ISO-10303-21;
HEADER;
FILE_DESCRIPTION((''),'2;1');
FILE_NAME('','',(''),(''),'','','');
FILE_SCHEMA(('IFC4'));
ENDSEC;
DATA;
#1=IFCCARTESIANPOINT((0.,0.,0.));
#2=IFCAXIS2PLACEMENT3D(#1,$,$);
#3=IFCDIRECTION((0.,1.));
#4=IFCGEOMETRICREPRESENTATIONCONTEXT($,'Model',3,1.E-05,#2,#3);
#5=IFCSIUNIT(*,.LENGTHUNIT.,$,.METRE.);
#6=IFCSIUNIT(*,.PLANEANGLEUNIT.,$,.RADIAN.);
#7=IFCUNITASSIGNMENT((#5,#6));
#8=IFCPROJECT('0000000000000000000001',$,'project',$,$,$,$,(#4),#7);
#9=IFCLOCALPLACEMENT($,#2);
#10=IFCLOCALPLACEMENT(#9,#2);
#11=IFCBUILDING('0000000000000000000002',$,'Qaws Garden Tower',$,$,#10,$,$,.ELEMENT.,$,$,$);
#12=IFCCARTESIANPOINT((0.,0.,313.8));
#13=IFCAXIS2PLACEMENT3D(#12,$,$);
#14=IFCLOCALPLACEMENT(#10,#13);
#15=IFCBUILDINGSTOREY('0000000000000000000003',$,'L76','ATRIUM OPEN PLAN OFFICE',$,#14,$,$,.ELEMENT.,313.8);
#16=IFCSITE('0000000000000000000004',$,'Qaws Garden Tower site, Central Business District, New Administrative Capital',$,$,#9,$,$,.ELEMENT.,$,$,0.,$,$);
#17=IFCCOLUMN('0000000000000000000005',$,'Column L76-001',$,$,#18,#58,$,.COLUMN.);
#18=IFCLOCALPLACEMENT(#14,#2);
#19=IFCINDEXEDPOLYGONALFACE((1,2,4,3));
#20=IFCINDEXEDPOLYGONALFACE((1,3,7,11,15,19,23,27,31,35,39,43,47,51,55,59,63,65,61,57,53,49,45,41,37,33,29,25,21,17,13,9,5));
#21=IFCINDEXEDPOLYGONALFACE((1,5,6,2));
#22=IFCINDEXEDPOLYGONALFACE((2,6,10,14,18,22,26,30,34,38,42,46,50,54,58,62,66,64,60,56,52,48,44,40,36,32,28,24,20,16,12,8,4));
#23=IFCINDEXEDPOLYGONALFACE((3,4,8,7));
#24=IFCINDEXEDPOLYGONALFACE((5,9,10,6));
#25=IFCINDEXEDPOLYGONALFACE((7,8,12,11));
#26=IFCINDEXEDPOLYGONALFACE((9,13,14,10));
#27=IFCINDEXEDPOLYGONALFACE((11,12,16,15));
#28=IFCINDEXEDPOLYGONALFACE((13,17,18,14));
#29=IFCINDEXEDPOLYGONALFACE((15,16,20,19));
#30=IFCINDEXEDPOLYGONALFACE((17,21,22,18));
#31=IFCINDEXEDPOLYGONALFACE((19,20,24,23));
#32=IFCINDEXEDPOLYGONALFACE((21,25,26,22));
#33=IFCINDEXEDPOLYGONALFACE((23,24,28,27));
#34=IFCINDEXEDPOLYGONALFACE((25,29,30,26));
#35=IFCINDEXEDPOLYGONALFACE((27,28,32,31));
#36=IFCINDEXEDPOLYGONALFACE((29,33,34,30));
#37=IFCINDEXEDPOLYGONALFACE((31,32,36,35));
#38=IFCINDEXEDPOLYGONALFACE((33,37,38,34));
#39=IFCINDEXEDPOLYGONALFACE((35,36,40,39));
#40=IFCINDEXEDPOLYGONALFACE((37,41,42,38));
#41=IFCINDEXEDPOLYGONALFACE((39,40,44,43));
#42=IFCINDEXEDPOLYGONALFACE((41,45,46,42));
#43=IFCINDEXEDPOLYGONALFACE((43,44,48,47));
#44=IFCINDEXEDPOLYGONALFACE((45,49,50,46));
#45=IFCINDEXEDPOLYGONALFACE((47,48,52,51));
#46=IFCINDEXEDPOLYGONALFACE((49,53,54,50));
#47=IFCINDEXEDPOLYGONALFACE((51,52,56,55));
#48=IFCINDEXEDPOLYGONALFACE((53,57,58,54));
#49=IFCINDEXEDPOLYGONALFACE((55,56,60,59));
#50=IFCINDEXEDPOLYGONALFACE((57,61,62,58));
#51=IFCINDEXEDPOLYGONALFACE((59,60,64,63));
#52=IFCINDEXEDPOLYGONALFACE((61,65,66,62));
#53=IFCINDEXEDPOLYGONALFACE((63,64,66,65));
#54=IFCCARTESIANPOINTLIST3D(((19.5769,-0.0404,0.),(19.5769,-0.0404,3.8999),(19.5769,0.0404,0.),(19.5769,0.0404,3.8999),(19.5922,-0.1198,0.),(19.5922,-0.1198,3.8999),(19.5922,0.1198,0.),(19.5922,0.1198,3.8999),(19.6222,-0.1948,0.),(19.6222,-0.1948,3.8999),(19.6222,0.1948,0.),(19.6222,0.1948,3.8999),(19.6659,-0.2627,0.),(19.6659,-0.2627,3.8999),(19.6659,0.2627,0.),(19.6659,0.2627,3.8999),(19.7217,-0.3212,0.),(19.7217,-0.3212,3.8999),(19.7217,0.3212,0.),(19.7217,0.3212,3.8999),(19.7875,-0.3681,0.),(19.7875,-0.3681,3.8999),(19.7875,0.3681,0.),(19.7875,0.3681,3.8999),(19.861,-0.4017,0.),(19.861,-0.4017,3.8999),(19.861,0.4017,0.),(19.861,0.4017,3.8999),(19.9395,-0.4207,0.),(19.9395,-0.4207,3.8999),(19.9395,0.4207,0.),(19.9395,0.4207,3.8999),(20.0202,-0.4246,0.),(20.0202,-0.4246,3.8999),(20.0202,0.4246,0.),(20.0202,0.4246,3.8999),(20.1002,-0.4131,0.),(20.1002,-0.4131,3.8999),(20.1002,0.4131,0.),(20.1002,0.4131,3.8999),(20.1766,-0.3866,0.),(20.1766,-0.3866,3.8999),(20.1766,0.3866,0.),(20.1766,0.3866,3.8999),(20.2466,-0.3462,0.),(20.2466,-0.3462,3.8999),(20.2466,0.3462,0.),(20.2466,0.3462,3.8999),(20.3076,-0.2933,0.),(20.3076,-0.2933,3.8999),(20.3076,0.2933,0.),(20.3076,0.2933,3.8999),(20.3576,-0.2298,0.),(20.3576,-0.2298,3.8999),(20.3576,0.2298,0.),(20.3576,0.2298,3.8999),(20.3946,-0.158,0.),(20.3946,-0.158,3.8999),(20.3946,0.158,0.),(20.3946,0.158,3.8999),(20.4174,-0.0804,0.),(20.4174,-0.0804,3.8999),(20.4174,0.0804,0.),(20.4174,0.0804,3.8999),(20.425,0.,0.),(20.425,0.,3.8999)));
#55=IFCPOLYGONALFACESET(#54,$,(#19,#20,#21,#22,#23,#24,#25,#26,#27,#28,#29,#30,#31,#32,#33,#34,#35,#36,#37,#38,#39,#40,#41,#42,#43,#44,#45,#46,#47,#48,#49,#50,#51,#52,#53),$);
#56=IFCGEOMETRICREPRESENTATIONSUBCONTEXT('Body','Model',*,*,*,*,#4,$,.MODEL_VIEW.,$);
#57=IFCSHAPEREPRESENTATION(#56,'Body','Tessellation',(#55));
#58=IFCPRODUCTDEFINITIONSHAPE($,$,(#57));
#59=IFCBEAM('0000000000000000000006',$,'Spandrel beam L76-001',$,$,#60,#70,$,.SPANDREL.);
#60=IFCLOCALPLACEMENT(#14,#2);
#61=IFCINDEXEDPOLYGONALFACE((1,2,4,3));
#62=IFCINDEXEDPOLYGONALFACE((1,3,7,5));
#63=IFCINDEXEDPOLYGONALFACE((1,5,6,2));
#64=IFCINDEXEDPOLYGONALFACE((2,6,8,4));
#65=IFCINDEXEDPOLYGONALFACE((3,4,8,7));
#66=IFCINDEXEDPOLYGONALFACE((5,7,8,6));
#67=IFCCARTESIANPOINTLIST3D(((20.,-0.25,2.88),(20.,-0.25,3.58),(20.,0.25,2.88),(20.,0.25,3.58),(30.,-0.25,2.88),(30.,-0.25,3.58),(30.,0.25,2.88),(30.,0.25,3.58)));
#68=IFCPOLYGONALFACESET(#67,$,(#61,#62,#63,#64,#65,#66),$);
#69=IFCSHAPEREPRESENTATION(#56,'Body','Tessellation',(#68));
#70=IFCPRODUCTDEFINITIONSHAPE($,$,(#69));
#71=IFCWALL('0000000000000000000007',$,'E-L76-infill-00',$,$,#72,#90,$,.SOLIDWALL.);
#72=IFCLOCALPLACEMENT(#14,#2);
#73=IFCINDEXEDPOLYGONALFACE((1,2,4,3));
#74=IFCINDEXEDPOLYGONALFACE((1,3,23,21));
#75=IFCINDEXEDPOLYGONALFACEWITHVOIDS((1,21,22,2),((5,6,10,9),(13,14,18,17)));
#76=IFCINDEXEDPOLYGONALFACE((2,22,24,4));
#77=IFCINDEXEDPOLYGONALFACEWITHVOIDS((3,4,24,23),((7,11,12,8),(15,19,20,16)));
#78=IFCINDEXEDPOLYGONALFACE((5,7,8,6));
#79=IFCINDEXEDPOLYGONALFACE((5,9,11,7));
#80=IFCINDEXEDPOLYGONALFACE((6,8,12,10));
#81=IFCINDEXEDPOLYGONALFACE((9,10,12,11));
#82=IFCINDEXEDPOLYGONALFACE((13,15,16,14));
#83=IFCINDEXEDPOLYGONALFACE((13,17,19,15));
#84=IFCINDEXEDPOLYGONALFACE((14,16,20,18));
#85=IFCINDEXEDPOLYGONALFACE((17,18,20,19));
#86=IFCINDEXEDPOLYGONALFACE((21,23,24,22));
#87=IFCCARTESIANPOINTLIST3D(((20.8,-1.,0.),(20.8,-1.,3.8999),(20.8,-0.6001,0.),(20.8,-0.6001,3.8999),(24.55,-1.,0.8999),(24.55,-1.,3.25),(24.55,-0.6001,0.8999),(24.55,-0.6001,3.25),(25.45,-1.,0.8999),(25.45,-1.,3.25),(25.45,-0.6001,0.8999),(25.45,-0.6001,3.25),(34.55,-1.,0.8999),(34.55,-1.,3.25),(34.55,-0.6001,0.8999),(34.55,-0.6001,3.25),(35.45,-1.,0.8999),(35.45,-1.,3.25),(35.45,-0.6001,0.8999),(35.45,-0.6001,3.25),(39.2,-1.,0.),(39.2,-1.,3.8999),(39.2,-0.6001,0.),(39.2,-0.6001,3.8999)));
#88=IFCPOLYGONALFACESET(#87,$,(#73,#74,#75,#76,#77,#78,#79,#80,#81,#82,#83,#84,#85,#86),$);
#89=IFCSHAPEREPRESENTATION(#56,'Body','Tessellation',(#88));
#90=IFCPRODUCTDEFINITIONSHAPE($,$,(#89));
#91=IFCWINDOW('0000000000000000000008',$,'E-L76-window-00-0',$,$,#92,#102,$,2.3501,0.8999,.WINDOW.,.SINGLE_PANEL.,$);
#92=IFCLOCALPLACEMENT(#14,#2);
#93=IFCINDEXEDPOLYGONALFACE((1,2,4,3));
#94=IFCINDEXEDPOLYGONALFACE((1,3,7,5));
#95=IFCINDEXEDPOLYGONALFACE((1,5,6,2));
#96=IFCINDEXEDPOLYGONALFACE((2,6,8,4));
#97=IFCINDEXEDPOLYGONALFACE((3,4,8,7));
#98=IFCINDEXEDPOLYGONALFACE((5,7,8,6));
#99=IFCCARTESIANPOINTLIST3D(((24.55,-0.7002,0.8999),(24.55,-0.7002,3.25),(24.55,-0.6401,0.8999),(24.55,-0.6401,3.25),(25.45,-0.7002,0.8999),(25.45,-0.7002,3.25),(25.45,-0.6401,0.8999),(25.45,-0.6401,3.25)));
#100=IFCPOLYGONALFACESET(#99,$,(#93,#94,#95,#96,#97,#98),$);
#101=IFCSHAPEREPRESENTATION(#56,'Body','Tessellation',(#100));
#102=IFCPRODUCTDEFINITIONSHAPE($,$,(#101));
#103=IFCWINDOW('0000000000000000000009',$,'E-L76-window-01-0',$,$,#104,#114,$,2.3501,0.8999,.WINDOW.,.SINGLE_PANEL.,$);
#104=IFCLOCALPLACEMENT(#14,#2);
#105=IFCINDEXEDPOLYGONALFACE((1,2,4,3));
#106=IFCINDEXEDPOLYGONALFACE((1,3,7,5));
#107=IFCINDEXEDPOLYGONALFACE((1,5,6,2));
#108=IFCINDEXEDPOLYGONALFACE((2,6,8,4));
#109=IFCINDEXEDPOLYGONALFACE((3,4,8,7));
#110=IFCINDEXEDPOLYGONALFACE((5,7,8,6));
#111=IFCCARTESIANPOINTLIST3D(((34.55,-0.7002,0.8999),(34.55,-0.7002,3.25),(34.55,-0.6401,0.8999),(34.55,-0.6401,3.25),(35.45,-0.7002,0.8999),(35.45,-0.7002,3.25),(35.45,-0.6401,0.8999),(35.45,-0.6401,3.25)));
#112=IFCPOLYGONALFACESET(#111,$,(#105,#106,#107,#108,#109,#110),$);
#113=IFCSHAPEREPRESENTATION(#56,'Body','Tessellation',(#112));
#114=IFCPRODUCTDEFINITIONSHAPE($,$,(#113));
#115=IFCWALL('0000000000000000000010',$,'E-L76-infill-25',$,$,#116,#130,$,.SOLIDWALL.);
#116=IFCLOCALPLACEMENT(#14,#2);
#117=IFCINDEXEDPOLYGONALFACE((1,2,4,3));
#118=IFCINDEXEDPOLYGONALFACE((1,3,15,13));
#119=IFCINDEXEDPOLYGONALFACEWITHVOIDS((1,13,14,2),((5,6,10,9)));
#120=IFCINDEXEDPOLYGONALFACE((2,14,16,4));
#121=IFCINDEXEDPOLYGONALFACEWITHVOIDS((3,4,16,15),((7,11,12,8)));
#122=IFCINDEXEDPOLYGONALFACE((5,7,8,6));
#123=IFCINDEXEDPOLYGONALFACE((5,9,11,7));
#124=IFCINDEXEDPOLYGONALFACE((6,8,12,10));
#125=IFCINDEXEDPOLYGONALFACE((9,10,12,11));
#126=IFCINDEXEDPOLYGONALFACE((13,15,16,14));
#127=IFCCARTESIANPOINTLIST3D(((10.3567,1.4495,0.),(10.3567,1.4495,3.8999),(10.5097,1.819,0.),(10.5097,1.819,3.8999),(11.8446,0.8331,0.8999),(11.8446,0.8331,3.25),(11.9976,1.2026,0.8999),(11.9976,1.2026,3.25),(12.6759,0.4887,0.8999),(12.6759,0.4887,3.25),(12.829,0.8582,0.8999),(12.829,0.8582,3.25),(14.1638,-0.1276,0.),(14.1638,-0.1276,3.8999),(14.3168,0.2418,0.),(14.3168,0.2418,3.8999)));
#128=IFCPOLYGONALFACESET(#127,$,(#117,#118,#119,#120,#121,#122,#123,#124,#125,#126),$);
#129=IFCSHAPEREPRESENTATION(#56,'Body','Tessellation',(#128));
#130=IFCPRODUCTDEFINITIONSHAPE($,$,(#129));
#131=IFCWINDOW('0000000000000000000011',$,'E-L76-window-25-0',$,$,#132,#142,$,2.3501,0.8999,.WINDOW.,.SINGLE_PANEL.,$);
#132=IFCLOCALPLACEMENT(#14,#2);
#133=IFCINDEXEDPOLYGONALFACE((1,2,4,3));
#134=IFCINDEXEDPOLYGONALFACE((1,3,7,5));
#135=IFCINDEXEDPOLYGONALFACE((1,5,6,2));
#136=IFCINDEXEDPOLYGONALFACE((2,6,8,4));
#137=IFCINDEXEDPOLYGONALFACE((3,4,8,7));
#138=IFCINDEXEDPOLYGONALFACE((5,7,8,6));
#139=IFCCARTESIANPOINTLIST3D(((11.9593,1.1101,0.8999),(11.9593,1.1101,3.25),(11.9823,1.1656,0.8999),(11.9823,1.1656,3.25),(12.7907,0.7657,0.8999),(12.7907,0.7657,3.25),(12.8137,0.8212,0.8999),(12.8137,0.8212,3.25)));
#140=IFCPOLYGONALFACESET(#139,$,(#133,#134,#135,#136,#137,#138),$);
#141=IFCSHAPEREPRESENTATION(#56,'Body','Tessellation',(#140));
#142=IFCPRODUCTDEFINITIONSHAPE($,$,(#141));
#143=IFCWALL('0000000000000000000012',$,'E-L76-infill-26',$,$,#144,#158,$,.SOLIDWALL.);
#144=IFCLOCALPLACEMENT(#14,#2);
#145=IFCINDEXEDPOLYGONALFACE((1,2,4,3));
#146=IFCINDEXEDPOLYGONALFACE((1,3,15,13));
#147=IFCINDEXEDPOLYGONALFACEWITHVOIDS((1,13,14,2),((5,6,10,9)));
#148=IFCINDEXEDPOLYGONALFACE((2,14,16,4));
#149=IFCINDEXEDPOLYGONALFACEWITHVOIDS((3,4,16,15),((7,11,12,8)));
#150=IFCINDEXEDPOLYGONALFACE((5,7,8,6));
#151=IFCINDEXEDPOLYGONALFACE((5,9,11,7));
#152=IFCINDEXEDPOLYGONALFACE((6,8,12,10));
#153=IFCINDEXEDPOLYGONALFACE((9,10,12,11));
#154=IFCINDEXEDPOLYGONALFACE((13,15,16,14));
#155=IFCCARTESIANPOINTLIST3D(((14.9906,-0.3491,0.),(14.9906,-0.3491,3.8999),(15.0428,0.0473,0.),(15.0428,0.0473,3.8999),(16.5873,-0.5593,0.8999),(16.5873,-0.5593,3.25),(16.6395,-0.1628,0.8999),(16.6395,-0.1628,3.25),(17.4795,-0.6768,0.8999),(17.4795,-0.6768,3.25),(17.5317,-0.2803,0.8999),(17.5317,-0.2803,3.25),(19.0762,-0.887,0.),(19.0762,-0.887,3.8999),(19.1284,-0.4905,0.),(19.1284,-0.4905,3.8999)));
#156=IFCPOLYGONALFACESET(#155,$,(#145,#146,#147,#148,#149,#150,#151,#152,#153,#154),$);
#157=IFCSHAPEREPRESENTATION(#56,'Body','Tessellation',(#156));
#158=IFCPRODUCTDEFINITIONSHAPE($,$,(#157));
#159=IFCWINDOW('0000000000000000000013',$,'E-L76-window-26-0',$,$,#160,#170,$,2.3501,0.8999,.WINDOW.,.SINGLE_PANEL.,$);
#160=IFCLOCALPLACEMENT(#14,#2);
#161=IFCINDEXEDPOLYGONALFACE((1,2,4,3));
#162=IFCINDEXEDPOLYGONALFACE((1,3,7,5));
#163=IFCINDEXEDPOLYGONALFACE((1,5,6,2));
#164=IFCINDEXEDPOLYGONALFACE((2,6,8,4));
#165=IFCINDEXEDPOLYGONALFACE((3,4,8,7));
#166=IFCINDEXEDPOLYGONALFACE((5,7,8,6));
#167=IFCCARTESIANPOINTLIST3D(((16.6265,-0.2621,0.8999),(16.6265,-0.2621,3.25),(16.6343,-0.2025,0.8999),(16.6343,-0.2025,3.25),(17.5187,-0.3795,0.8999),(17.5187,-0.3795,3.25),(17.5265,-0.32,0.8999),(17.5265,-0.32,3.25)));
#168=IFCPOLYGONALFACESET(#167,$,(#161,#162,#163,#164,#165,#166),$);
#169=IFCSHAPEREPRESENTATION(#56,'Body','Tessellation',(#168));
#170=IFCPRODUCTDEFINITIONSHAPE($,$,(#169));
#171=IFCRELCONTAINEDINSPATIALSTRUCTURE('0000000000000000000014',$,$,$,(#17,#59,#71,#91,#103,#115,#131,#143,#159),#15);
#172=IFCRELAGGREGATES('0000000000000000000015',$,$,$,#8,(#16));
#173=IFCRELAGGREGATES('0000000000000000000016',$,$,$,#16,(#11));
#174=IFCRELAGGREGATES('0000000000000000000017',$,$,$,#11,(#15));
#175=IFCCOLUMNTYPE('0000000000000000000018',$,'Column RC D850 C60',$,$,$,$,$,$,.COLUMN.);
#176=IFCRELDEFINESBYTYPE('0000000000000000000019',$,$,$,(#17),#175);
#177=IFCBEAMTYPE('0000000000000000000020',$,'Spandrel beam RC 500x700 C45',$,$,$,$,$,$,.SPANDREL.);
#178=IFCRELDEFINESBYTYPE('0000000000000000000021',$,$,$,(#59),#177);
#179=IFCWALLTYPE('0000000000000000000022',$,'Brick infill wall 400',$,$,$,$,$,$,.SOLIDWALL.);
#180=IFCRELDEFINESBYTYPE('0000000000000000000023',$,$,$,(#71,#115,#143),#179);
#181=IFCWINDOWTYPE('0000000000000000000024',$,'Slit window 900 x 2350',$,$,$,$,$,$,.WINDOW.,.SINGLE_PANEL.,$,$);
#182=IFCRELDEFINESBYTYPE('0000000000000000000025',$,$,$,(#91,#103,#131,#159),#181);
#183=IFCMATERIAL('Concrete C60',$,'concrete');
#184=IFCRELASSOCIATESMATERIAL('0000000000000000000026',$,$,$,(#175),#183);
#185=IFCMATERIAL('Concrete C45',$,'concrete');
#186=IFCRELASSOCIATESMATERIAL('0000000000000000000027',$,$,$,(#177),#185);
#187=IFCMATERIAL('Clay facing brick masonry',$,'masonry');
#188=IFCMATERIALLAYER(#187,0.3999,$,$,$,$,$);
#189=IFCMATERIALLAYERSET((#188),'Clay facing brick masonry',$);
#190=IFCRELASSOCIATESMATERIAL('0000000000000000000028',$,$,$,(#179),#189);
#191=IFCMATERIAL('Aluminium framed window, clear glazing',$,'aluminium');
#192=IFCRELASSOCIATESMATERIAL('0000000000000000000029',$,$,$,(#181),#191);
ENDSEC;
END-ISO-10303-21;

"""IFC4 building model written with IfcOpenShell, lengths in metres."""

from ifc_helpers import new_model, si_unit, direction, frame, frame_2d, origin, origin_2d, place, context, subcontext, project, spatial, rectangle, circle, extrude, material, layer, layer_set, material_profile, profile_set, type_object, element, fill, save


model = new_model("IFC4")

# Units and contexts
model_context = context("Model", 3, precision=1e-05, world=origin(), true_north=direction((0.0, 1.0)))
body_context = subcontext(model_context, "Body", "Model", "MODEL_VIEW")
ifc_project = project(units=[si_unit("LENGTHUNIT", "METRE"), si_unit("PLANEANGLEUNIT", "RADIAN")], contexts=[model_context])

# Site, building, storey
site_placement = place(None, origin())
site = spatial("IfcSite", under=ifc_project, at=site_placement, Name="Qaws Garden Tower site, Central Business District, New Administrative Capital", CompositionType="ELEMENT", RefElevation=0.0)
building_placement = place(site_placement, origin())
building = spatial("IfcBuilding", under=site, at=building_placement, Name="Qaws Garden Tower", CompositionType="ELEMENT")
storey_placement = place(building_placement, frame((0.0, 0.0, 313.8)))
storey = spatial("IfcBuildingStorey", under=building, at=storey_placement, Name="L76", Description="ATRIUM OPEN PLAN OFFICE", CompositionType="ELEMENT", Elevation=313.8)

# Column
ifc_material_1 = material(Name="Concrete C60", Category="concrete")
ifc_material_profile_1 = material_profile(ifc_material_1, circle(Radius=0.425, at=origin_2d()), Name="RC D850")
ifc_profile_set_1 = profile_set([ifc_material_profile_1], Name="Concrete C60")
column_type = type_object("IfcColumnType", Name="Column RC D850 C60", PredefinedType="COLUMN", material=ifc_profile_set_1)
column_placement = place(storey_placement, frame((20.0, 0.0, 0.0), z_axis=(0.0, 0.0, 1.0), x_axis=(1.0, 0.0, 0.0)))
element("IfcColumn", 1, at=column_placement, inside=storey, type_object=column_type, Name="Column L76-001", PredefinedType="COLUMN", context=body_context, shape_type="SweptSolid", body=[
    extrude(circle(Radius=0.425, at=origin_2d()), origin(), (0.0, 0.0, 1.0), 3.8999),
])

# Beam
ifc_material_2 = material(Name="Concrete C45", Category="concrete")
ifc_material_profile_2 = material_profile(ifc_material_2, rectangle(XDim=0.5, YDim=0.7, at=origin_2d()), Name="RC 500x700")
ifc_profile_set_2 = profile_set([ifc_material_profile_2], Name="Concrete C45")
beam_type = type_object("IfcBeamType", Name="Spandrel beam RC 500x700 C45", PredefinedType="SPANDREL", material=ifc_profile_set_2)
beam_placement = place(storey_placement, frame((20.0, 0.0, 3.23), z_axis=(1.0, 0.0, 0.0), x_axis=(0.0, 1.0, 0.0)))
element("IfcBeam", 2, at=beam_placement, inside=storey, type_object=beam_type, Name="Spandrel beam L76-001", PredefinedType="SPANDREL", context=body_context, shape_type="SweptSolid", body=[
    extrude(rectangle(XDim=0.5, YDim=0.7, at=origin_2d()), origin(), (0.0, 0.0, 1.0), 10.0),
])

# Wall, openings, windows
ifc_material_3 = material(Name="Clay facing brick masonry", Category="masonry")
ifc_layer_1 = layer(ifc_material_3, 0.3999)
ifc_layer_set_1 = layer_set([ifc_layer_1], Name="Clay facing brick masonry")
wall_type_1 = type_object("IfcWallType", Name="Brick infill wall 400", PredefinedType="SOLIDWALL", material=ifc_layer_set_1)
wall_1_placement = place(storey_placement, frame((20.8, -0.8, 0.0), z_axis=(0.0, 0.0, 1.0), x_axis=(1.0, 0.0, 0.0)))
wall_1 = element("IfcWall", 3, at=wall_1_placement, inside=storey, type_object=wall_type_1, Name="E-L76-infill-00", PredefinedType="SOLIDWALL", context=body_context, shape_type="SweptSolid", body=[
    extrude(rectangle(XDim=18.3999, YDim=0.3999, at=frame_2d((9.2, 0.0))), origin(), (0.0, 0.0, 1.0), 3.8999),
])
opening_1_placement = place(wall_1_placement, frame((3.75, 0.0, 0.8999)))
opening_1 = element("IfcOpeningElement", 4, at=opening_1_placement, cuts=wall_1, PredefinedType="OPENING", context=body_context, shape_type="SweptSolid", body=[
    extrude(rectangle(XDim=0.8999, YDim=2.3501, at=frame_2d((0.45, 1.175))), frame((0.0, 0.21, 0.0), z_axis=(0.0, -1.0, 0.0), x_axis=(1.0, 0.0, 0.0)), (0.0, 0.0, 1.0), 0.4199),
])
opening_2_placement = place(wall_1_placement, frame((13.75, 0.0, 0.8999)))
opening_2 = element("IfcOpeningElement", 5, at=opening_2_placement, cuts=wall_1, PredefinedType="OPENING", context=body_context, shape_type="SweptSolid", body=[
    extrude(rectangle(XDim=0.8999, YDim=2.3501, at=frame_2d((0.45, 1.175))), frame((0.0, 0.21, 0.0), z_axis=(0.0, -1.0, 0.0), x_axis=(1.0, 0.0, 0.0)), (0.0, 0.0, 1.0), 0.4199),
])
ifc_material_4 = material(Name="Aluminium framed window, clear glazing", Category="aluminium")
window_type = type_object("IfcWindowType", Name="Slit window 900 x 2350", PartitioningType="SINGLE_PANEL", PredefinedType="WINDOW", material=ifc_material_4)
window_1_placement = place(opening_1_placement, origin())
window_1 = element("IfcWindow", 6, at=window_1_placement, inside=storey, type_object=window_type, Name="E-L76-window-00-0", OverallHeight=2.3501, OverallWidth=0.8999, PartitioningType="SINGLE_PANEL", PredefinedType="WINDOW", context=body_context, shape_type="SweptSolid", body=[
    extrude(rectangle(XDim=0.8999, YDim=2.3501, at=frame_2d((0.45, 1.175))), frame((0.0, 0.1599, 0.0), z_axis=(0.0, -1.0, 0.0), x_axis=(1.0, 0.0, 0.0)), (0.0, 0.0, 1.0), 0.0601),
])
fill(opening_1, window_1)
window_2_placement = place(opening_2_placement, origin())
window_2 = element("IfcWindow", 7, at=window_2_placement, inside=storey, type_object=window_type, Name="E-L76-window-01-0", OverallHeight=2.3501, OverallWidth=0.8999, PartitioningType="SINGLE_PANEL", PredefinedType="WINDOW", context=body_context, shape_type="SweptSolid", body=[
    extrude(rectangle(XDim=0.8999, YDim=2.3501, at=frame_2d((0.45, 1.175))), frame((0.0, 0.1599, 0.0), z_axis=(0.0, -1.0, 0.0), x_axis=(1.0, 0.0, 0.0)), (0.0, 0.0, 1.0), 0.0601),
])
fill(opening_2, window_2)

# Walls, openings, windows
wall_2_placement = place(storey_placement, frame((10.4331, 1.6343, 0.0), z_axis=(0.0, 0.0, 1.0), x_axis=(0.923864, -0.382722, 0.0)))
wall_2 = element("IfcWall", 8, at=wall_2_placement, inside=storey, type_object=wall_type_1, Name="E-L76-infill-25", PredefinedType="SOLIDWALL", context=body_context, shape_type="SweptSolid", body=[
    extrude(rectangle(XDim=4.1208, YDim=0.3999, at=frame_2d((2.0605, 0.0))), origin(), (0.0, 0.0, 1.0), 3.8999),
])
opening_3_placement = place(wall_2_placement, frame((1.6106, 0.0, 0.8999)))
opening_3 = element("IfcOpeningElement", 9, at=opening_3_placement, cuts=wall_2, PredefinedType="OPENING", context=body_context, shape_type="SweptSolid", body=[
    extrude(rectangle(XDim=0.8999, YDim=2.3501, at=frame_2d((0.45, 1.175))), frame((0.0, 0.21, 0.0), z_axis=(0.0, -1.0, 0.0), x_axis=(1.0, 0.0, 0.0)), (0.0, 0.0, 1.0), 0.4199),
])
window_3_placement = place(opening_3_placement, origin())
window_3 = element("IfcWindow", 10, at=window_3_placement, inside=storey, type_object=window_type, Name="E-L76-window-25-0", OverallHeight=2.3501, OverallWidth=0.8999, PartitioningType="SINGLE_PANEL", PredefinedType="WINDOW", context=body_context, shape_type="SweptSolid", body=[
    extrude(rectangle(XDim=0.8999, YDim=2.3501, at=frame_2d((0.45, 1.175))), frame((0.0, 0.1599, 0.0), z_axis=(0.0, -1.0, 0.0), x_axis=(1.0, 0.0, 0.0)), (0.0, 0.0, 1.0), 0.0601),
])
fill(opening_3, window_3)
wall_3_placement = place(storey_placement, frame((15.0166, -0.1509, 0.0), z_axis=(0.0, 0.0, 1.0), x_axis=(0.991446, -0.130514, 0.0)))
wall_3 = element("IfcWall", 11, at=wall_3_placement, inside=storey, type_object=wall_type_1, Name="E-L76-infill-26", PredefinedType="SOLIDWALL", context=body_context, shape_type="SweptSolid", body=[
    extrude(rectangle(XDim=4.1208, YDim=0.3999, at=frame_2d((2.0605, 0.0))), origin(), (0.0, 0.0, 1.0), 3.8999),
])
opening_4_placement = place(wall_3_placement, frame((1.6106, 0.0, 0.8999)))
opening_4 = element("IfcOpeningElement", 12, at=opening_4_placement, cuts=wall_3, PredefinedType="OPENING", context=body_context, shape_type="SweptSolid", body=[
    extrude(rectangle(XDim=0.8999, YDim=2.3501, at=frame_2d((0.45, 1.175))), frame((0.0, 0.21, 0.0), z_axis=(0.0, -1.0, 0.0), x_axis=(1.0, 0.0, 0.0)), (0.0, 0.0, 1.0), 0.4199),
])
window_4_placement = place(opening_4_placement, origin())
window_4 = element("IfcWindow", 13, at=window_4_placement, inside=storey, type_object=window_type, Name="E-L76-window-26-0", OverallHeight=2.3501, OverallWidth=0.8999, PartitioningType="SINGLE_PANEL", PredefinedType="WINDOW", context=body_context, shape_type="SweptSolid", body=[
    extrude(rectangle(XDim=0.8999, YDim=2.3501, at=frame_2d((0.45, 1.175))), frame((0.0, 0.1599, 0.0), z_axis=(0.0, -1.0, 0.0), x_axis=(1.0, 0.0, 0.0)), (0.0, 0.0, 1.0), 0.0601),
])
fill(opening_4, window_4)

save(model, "model.ifc")
